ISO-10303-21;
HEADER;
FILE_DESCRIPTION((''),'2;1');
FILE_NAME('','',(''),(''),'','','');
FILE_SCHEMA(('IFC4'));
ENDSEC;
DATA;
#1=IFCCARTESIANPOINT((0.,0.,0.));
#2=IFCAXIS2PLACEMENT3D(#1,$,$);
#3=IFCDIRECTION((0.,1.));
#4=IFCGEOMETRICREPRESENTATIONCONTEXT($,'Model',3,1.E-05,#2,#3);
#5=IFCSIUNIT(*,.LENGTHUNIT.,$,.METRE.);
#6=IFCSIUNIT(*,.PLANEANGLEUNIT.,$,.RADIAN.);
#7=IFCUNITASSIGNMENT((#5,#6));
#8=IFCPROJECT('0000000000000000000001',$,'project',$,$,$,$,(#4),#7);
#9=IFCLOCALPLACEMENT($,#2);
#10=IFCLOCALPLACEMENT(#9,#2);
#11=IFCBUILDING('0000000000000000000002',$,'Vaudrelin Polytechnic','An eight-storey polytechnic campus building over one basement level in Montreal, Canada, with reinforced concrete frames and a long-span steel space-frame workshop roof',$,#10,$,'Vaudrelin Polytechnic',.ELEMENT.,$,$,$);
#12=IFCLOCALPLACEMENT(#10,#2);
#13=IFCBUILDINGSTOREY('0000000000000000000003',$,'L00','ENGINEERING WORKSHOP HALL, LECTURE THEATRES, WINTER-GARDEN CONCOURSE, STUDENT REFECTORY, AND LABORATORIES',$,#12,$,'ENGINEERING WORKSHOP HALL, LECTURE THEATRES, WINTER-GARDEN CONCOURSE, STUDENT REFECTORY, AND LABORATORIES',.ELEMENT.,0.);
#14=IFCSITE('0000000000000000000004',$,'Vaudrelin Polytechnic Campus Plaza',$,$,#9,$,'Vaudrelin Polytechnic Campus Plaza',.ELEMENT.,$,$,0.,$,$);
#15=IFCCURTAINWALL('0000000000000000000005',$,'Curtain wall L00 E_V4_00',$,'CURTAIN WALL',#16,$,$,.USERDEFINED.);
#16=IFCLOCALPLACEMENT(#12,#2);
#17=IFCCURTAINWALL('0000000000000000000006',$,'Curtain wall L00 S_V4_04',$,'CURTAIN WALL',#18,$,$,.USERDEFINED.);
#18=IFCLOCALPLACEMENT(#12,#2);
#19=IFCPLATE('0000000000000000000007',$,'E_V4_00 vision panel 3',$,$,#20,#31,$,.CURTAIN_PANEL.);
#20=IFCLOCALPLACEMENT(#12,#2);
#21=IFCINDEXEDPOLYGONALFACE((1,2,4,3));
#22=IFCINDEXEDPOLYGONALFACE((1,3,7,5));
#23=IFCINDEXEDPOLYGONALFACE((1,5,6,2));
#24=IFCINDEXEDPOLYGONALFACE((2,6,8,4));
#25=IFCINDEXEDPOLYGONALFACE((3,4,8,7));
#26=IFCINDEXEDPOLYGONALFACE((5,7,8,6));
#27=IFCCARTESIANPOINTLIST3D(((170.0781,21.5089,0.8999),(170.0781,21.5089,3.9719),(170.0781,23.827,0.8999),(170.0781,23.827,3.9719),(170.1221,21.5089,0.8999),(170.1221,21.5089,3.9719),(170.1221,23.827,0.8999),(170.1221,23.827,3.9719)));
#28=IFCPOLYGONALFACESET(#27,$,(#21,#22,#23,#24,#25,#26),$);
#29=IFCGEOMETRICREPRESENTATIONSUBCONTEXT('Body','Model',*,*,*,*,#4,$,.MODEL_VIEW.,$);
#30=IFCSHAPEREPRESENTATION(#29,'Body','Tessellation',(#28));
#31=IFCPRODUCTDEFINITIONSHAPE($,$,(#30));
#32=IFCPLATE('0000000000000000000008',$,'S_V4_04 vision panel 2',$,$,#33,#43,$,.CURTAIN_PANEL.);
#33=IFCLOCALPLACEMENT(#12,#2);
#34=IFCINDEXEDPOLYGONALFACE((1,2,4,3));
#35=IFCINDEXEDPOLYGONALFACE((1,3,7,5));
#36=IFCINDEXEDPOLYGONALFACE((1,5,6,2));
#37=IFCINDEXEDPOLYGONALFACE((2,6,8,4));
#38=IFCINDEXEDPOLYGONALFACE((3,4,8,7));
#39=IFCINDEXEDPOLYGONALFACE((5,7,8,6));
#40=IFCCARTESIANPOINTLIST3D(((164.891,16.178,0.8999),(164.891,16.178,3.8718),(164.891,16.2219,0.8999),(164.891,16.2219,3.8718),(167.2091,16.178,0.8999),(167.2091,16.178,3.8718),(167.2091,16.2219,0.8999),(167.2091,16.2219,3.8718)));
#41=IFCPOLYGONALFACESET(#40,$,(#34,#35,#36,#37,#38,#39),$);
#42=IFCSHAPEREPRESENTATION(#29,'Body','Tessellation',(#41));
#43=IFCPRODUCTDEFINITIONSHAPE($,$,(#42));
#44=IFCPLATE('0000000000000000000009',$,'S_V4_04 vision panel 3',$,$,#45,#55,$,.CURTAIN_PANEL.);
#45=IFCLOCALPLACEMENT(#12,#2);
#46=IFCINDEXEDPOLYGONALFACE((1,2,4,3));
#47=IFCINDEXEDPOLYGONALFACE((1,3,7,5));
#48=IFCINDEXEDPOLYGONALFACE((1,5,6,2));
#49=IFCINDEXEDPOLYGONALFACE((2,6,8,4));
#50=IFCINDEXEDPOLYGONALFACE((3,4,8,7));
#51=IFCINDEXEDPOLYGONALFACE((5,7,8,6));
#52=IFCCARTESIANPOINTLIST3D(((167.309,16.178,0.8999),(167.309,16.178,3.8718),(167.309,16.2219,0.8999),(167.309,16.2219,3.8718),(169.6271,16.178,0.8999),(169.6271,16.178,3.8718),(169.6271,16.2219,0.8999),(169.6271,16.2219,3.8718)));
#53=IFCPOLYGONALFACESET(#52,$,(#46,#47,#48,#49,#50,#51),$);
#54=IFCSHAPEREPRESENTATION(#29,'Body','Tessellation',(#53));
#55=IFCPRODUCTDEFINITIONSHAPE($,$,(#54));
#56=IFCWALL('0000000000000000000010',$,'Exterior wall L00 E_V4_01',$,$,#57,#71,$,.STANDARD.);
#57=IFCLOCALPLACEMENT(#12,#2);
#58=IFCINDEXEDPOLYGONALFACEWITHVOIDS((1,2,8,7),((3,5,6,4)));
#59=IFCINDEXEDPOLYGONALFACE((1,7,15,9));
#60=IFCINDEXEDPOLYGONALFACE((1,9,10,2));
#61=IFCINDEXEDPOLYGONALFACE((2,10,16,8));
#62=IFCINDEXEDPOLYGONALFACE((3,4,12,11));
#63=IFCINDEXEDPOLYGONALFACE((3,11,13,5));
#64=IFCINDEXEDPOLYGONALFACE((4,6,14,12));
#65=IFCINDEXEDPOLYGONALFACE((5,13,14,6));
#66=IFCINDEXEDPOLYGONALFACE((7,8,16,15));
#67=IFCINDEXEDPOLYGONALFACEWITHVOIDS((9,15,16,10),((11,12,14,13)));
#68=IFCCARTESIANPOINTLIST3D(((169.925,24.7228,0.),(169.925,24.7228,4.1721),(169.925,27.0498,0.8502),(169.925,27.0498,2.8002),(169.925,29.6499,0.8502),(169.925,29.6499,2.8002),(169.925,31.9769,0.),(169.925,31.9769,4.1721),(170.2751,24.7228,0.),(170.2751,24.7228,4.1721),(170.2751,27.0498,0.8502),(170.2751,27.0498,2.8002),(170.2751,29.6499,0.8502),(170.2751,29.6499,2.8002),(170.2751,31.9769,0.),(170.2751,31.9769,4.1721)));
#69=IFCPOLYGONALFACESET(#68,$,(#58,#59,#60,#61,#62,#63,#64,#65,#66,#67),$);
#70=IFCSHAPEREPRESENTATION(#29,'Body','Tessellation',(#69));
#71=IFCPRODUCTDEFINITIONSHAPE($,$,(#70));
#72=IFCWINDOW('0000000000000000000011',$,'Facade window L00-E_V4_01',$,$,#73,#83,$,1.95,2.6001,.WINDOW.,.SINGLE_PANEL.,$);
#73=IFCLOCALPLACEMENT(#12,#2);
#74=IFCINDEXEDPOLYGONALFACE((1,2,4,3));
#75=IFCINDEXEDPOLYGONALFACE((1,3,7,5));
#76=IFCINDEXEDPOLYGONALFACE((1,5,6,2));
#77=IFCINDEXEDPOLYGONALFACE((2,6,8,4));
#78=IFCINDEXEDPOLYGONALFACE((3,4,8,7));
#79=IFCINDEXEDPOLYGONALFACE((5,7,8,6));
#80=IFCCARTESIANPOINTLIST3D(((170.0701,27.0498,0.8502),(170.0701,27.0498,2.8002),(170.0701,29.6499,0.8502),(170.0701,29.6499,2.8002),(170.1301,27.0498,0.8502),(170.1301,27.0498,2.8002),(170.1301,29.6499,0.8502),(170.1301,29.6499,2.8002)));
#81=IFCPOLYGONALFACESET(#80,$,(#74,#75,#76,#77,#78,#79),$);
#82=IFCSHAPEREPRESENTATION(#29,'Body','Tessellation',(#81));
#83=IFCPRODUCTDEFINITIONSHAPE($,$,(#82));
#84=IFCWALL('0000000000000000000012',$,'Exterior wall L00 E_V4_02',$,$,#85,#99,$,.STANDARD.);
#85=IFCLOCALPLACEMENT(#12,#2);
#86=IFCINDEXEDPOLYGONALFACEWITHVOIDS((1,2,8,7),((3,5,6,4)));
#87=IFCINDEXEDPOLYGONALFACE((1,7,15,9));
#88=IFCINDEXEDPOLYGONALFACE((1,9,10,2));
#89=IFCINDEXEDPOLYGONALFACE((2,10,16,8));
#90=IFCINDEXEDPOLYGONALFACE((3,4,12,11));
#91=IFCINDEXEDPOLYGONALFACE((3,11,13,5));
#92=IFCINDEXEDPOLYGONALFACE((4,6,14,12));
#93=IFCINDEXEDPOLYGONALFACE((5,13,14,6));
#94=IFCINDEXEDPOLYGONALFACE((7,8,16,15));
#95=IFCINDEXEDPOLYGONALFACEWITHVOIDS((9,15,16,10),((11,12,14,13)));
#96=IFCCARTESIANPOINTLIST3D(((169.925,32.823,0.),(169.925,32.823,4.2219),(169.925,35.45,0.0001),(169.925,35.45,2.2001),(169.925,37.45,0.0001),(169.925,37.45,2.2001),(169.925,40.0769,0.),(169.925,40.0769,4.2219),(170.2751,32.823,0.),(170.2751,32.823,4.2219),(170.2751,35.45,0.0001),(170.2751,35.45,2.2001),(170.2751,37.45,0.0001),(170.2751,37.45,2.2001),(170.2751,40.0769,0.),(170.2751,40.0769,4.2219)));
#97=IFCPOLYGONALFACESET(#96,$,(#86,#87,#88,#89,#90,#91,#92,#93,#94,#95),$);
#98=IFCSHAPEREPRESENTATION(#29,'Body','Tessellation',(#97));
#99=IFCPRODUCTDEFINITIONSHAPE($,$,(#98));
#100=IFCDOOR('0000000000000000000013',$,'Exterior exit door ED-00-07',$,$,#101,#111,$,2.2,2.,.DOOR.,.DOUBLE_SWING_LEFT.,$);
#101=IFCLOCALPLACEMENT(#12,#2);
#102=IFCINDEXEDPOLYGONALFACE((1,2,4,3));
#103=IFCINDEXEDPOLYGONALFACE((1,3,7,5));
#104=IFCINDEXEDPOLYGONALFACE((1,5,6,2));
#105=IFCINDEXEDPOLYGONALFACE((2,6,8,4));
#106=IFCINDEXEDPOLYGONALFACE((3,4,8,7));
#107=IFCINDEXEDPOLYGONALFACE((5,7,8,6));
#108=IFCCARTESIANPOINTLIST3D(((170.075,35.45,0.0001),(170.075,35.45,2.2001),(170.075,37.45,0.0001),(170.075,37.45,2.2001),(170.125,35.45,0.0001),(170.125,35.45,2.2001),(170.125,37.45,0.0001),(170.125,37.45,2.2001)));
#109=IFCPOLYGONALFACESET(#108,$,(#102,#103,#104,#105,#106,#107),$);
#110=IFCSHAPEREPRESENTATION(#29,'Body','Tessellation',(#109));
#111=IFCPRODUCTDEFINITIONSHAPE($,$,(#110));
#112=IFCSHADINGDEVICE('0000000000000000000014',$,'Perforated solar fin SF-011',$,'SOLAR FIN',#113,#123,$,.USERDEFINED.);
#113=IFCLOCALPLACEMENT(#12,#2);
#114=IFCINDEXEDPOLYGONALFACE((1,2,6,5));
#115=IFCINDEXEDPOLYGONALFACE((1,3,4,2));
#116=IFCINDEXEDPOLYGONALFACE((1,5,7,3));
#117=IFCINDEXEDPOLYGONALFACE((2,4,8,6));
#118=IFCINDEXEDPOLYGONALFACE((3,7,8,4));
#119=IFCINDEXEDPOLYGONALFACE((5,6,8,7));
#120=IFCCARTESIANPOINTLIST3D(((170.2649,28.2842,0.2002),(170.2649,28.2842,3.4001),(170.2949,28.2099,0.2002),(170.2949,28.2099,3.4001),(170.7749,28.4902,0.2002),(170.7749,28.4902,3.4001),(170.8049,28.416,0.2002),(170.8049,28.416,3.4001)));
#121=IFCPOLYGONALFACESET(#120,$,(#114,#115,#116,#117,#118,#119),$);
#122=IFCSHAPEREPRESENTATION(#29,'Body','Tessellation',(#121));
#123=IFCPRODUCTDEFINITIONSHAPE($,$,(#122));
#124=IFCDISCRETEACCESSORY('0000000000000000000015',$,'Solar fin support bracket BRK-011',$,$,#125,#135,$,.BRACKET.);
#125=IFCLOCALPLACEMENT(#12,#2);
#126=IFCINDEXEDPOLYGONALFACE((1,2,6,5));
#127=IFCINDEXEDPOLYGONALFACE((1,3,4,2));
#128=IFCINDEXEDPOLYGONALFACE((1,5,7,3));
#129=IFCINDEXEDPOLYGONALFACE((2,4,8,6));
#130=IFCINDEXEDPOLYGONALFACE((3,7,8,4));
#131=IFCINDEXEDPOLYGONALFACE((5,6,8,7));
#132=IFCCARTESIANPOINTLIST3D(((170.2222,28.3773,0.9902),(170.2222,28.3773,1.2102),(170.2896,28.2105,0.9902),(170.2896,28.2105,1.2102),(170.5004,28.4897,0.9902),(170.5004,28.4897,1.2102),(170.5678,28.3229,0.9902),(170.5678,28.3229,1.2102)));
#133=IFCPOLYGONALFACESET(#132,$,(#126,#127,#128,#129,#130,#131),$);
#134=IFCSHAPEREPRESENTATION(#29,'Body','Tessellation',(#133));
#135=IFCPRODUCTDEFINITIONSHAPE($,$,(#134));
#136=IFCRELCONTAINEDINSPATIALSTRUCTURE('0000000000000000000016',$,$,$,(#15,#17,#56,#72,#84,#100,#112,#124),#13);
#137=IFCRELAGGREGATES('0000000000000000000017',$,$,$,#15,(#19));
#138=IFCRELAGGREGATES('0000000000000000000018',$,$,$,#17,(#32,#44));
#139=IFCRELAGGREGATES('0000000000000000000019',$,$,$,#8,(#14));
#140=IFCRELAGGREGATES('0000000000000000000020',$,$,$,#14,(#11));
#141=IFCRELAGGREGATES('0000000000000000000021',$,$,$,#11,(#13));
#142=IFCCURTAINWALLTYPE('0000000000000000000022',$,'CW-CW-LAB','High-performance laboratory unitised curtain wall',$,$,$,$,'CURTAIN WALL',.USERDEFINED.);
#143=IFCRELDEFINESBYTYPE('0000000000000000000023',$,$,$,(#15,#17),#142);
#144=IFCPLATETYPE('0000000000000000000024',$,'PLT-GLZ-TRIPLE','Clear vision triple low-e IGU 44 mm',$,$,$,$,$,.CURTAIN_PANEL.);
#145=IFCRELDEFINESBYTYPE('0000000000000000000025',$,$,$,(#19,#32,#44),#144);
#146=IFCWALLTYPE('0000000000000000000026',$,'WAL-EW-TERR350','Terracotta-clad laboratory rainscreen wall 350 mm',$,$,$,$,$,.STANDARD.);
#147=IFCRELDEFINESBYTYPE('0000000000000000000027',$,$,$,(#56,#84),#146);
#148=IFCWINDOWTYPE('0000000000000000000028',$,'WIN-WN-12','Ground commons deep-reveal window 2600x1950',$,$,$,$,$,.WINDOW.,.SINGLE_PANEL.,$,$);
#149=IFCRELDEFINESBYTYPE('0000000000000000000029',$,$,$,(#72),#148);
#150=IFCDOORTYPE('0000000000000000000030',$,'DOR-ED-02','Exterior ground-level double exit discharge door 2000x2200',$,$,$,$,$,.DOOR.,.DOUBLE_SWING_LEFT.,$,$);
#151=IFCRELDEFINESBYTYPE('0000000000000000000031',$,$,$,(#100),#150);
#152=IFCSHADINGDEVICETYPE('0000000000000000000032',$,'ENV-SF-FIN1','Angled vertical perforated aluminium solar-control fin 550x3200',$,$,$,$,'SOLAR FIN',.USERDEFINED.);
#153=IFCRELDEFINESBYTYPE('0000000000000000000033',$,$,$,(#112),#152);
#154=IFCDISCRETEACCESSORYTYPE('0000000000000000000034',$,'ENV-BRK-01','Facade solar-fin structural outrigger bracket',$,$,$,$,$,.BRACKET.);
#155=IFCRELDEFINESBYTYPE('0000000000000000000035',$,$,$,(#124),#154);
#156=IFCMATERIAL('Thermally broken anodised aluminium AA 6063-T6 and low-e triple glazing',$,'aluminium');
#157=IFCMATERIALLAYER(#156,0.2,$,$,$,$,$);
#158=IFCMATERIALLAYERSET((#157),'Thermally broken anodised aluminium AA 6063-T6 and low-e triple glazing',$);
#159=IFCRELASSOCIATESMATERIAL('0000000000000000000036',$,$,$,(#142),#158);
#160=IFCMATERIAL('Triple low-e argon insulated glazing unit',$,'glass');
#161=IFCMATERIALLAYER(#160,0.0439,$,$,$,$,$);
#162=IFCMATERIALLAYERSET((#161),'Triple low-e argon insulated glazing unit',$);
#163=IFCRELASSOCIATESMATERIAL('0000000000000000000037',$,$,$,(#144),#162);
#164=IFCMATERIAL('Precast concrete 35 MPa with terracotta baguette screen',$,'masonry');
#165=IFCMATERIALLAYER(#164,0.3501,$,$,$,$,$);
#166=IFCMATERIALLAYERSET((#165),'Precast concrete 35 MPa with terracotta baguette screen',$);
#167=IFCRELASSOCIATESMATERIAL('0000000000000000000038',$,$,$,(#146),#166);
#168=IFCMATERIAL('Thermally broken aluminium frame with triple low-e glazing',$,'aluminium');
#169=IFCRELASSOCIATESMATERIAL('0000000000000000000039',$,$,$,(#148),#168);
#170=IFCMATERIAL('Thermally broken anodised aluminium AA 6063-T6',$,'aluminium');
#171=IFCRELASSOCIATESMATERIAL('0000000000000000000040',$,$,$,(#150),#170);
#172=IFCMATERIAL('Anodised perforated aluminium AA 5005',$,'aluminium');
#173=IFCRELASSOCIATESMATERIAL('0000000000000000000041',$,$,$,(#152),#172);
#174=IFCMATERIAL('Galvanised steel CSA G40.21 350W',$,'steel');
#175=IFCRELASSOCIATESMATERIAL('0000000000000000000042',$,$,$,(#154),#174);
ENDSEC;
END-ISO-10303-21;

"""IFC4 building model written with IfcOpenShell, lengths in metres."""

from ifc_helpers import new_model, si_unit, direction, frame, frame_2d, origin, origin_2d, place, context, subcontext, project, spatial, rectangle, extrude, material, layer, layer_set, type_object, element, fill, aggregate, save


model = new_model("IFC4")

# Units and contexts
model_context = context("Model", 3, precision=1e-05, world=origin(), true_north=direction((0.0, 1.0)))
body_context = subcontext(model_context, "Body", "Model", "MODEL_VIEW")
ifc_project = project(units=[si_unit("LENGTHUNIT", "METRE"), si_unit("PLANEANGLEUNIT", "RADIAN")], contexts=[model_context])

# Site, building, storey
site_placement = place(None, origin())
site = spatial("IfcSite", under=ifc_project, at=site_placement, Name="Vaudrelin Polytechnic Campus Plaza", LongName="Vaudrelin Polytechnic Campus Plaza", CompositionType="ELEMENT", RefElevation=0.0)
building_placement = place(site_placement, origin())
building = spatial("IfcBuilding", under=site, at=building_placement, Name="Vaudrelin Polytechnic", Description="An eight-storey polytechnic campus building over one basement level in Montreal, Canada, with reinforced concrete frames and a long-span steel space-frame workshop roof", LongName="Vaudrelin Polytechnic", CompositionType="ELEMENT")
storey_placement = place(building_placement, origin())
storey = spatial("IfcBuildingStorey", under=building, at=storey_placement, Name="L00", Description="ENGINEERING WORKSHOP HALL, LECTURE THEATRES, WINTER-GARDEN CONCOURSE, STUDENT REFECTORY, AND LABORATORIES", LongName="ENGINEERING WORKSHOP HALL, LECTURE THEATRES, WINTER-GARDEN CONCOURSE, STUDENT REFECTORY, AND LABORATORIES", CompositionType="ELEMENT", Elevation=0.0)

# Curtain walls
ifc_material_1 = material(Name="Thermally broken anodised aluminium AA 6063-T6 and low-e triple glazing", Category="aluminium")
ifc_layer_1 = layer(ifc_material_1, 0.2)
ifc_layer_set_1 = layer_set([ifc_layer_1], Name="Thermally broken anodised aluminium AA 6063-T6 and low-e triple glazing")
curtain_wall_type = type_object("IfcCurtainWallType", Name="CW-CW-LAB", Description="High-performance laboratory unitised curtain wall", ElementType="CURTAIN WALL", PredefinedType="USERDEFINED", material=ifc_layer_set_1)
curtain_wall_1_placement = place(storey_placement, origin())
curtain_wall_1 = element("IfcCurtainWall", 1, at=curtain_wall_1_placement, inside=storey, type_object=curtain_wall_type, Name="Curtain wall L00 E_V4_00", ObjectType="CURTAIN WALL", PredefinedType="USERDEFINED")
curtain_wall_2_placement = place(storey_placement, origin())
curtain_wall_2 = element("IfcCurtainWall", 2, at=curtain_wall_2_placement, inside=storey, type_object=curtain_wall_type, Name="Curtain wall L00 S_V4_04", ObjectType="CURTAIN WALL", PredefinedType="USERDEFINED")

# Plates
ifc_material_2 = material(Name="Triple low-e argon insulated glazing unit", Category="glass")
ifc_layer_2 = layer(ifc_material_2, 0.0439)
ifc_layer_set_2 = layer_set([ifc_layer_2], Name="Triple low-e argon insulated glazing unit")
plate_type_1 = type_object("IfcPlateType", Name="PLT-GLZ-TRIPLE", Description="Clear vision triple low-e IGU 44 mm", PredefinedType="CURTAIN_PANEL", material=ifc_layer_set_2)
plate_1_placement = place(storey_placement, frame((170.1001, 22.668, 0.8999), z_axis=(0.0, 0.0, 1.0), x_axis=(0.0, 1.0, 0.0)))
plate_1 = element("IfcPlate", 3, at=plate_1_placement, type_object=plate_type_1, Name="E_V4_00 vision panel 3", PredefinedType="CURTAIN_PANEL", context=body_context, shape_type="SweptSolid", body=[
    extrude(rectangle(XDim=2.3181, YDim=0.0439, at=origin_2d()), origin(), (0.0, 0.0, 1.0), 3.072),
])
aggregate(curtain_wall_1, [plate_1])
plate_2_placement = place(storey_placement, frame((166.05, 16.2, 0.8999), z_axis=(0.0, 0.0, 1.0), x_axis=(1.0, 0.0, 0.0)))
plate_2 = element("IfcPlate", 4, at=plate_2_placement, type_object=plate_type_1, Name="S_V4_04 vision panel 2", PredefinedType="CURTAIN_PANEL", context=body_context, shape_type="SweptSolid", body=[
    extrude(rectangle(XDim=2.3181, YDim=0.0439, at=origin_2d()), origin(), (0.0, 0.0, 1.0), 2.9719),
])
plate_3_placement = place(storey_placement, frame((168.468, 16.2, 0.8999), z_axis=(0.0, 0.0, 1.0), x_axis=(1.0, 0.0, 0.0)))
plate_3 = element("IfcPlate", 5, at=plate_3_placement, type_object=plate_type_1, Name="S_V4_04 vision panel 3", PredefinedType="CURTAIN_PANEL", context=body_context, shape_type="SweptSolid", body=[
    extrude(rectangle(XDim=2.3181, YDim=0.0439, at=origin_2d()), origin(), (0.0, 0.0, 1.0), 2.9719),
])
aggregate(curtain_wall_2, [plate_2, plate_3])

# Wall, opening, window
ifc_material_3 = material(Name="Precast concrete 35 MPa with terracotta baguette screen", Category="masonry")
ifc_layer_3 = layer(ifc_material_3, 0.3501)
ifc_layer_set_3 = layer_set([ifc_layer_3], Name="Precast concrete 35 MPa with terracotta baguette screen")
wall_type = type_object("IfcWallType", Name="WAL-EW-TERR350", Description="Terracotta-clad laboratory rainscreen wall 350 mm", PredefinedType="STANDARD", material=ifc_layer_set_3)
wall_1_placement = place(storey_placement, frame((170.1001, 24.7229, 0.0), z_axis=(0.0, 0.0, 1.0), x_axis=(0.0, 1.0, 0.0)))
wall_1 = element("IfcWall", 6, at=wall_1_placement, inside=storey, type_object=wall_type, Name="Exterior wall L00 E_V4_01", PredefinedType="STANDARD", context=body_context, shape_type="SweptSolid", body=[
    extrude(rectangle(XDim=7.2542, YDim=0.3501, at=frame_2d((3.627, 0.0))), origin(), (0.0, 0.0, 1.0), 4.1721),
])
opening_1_placement = place(wall_1_placement, frame((2.3269, 0.0, 0.8501)))
opening_1 = element("IfcOpeningElement", 7, at=opening_1_placement, cuts=wall_1, PredefinedType="OPENING", context=body_context, shape_type="SweptSolid", body=[
    extrude(rectangle(XDim=2.6001, YDim=1.95, at=frame_2d((1.3, 0.9751))), frame((0.0, 0.1851, 0.0), z_axis=(0.0, -1.0, 0.0), x_axis=(1.0, 0.0, 0.0)), (0.0, 0.0, 1.0), 0.3701),
])
ifc_material_4 = material(Name="Thermally broken aluminium frame with triple low-e glazing", Category="aluminium")
window_type = type_object("IfcWindowType", Name="WIN-WN-12", Description="Ground commons deep-reveal window 2600x1950", PartitioningType="SINGLE_PANEL", PredefinedType="WINDOW", material=ifc_material_4)
window_placement = place(opening_1_placement, origin())
window = element("IfcWindow", 8, at=window_placement, inside=storey, type_object=window_type, Name="Facade window L00-E_V4_01", OverallHeight=1.95, OverallWidth=2.6001, PartitioningType="SINGLE_PANEL", PredefinedType="WINDOW", context=body_context, shape_type="SweptSolid", body=[
    extrude(rectangle(XDim=2.6001, YDim=1.95, at=frame_2d((1.3, 0.9751))), frame((0.0, 0.03, 0.0), z_axis=(0.0, -1.0, 0.0), x_axis=(1.0, 0.0, 0.0)), (0.0, 0.0, 1.0), 0.0601),
])
fill(opening_1, window)

# Wall, opening, door
wall_2_placement = place(storey_placement, frame((170.1001, 32.823, 0.0), z_axis=(0.0, 0.0, 1.0), x_axis=(0.0, 1.0, 0.0)))
wall_2 = element("IfcWall", 9, at=wall_2_placement, inside=storey, type_object=wall_type, Name="Exterior wall L00 E_V4_02", PredefinedType="STANDARD", context=body_context, shape_type="SweptSolid", body=[
    extrude(rectangle(XDim=7.2539, YDim=0.3501, at=frame_2d((3.627, 0.0))), origin(), (0.0, 0.0, 1.0), 4.2219),
])
opening_2_placement = place(wall_2_placement, frame((4.627, 0.0, 0.0), z_axis=(0.0, 0.0, 1.0), x_axis=(-1.0, 0.0, 0.0)))
opening_2 = element("IfcOpeningElement", 10, at=opening_2_placement, cuts=wall_2, PredefinedType="OPENING", context=body_context, shape_type="SweptSolid", body=[
    extrude(rectangle(XDim=2.0, YDim=2.2, at=frame_2d((1.0, 1.1001))), frame((0.0, 0.1851, 0.0), z_axis=(0.0, -1.0, 0.0), x_axis=(1.0, 0.0, 0.0)), (0.0, 0.0, 1.0), 0.3701),
])
ifc_material_5 = material(Name="Thermally broken anodised aluminium AA 6063-T6", Category="aluminium")
door_type = type_object("IfcDoorType", Name="DOR-ED-02", Description="Exterior ground-level double exit discharge door 2000x2200", OperationType="DOUBLE_SWING_LEFT", PredefinedType="DOOR", material=ifc_material_5)
door_placement = place(opening_2_placement, origin())
door = element("IfcDoor", 11, at=door_placement, inside=storey, type_object=door_type, Name="Exterior exit door ED-00-07", OperationType="DOUBLE_SWING_LEFT", OverallHeight=2.2, OverallWidth=2.0, PredefinedType="DOOR", context=body_context, shape_type="SweptSolid", body=[
    extrude(rectangle(XDim=2.0, YDim=2.2, at=frame_2d((1.0, 1.1001))), frame((0.0, 0.0249, 0.0), z_axis=(0.0, -1.0, 0.0), x_axis=(1.0, 0.0, 0.0)), (0.0, 0.0, 1.0), 0.05),
])
fill(opening_2, door)

# Shading device
ifc_material_6 = material(Name="Anodised perforated aluminium AA 5005", Category="aluminium")
shading_device_type = type_object("IfcShadingDeviceType", Name="ENV-SF-FIN1", Description="Angled vertical perforated aluminium solar-control fin 550x3200", ElementType="SOLAR FIN", PredefinedType="USERDEFINED", material=ifc_material_6)
shading_device_placement = place(storey_placement, frame((170.5349, 28.3501, 0.2002), z_axis=(0.0, 0.0, 1.0), x_axis=(0.927184, 0.374607, 0.0)))
element("IfcShadingDevice", 12, at=shading_device_placement, inside=storey, type_object=shading_device_type, Name="Perforated solar fin SF-011", ObjectType="SOLAR FIN", PredefinedType="USERDEFINED", context=body_context, shape_type="SweptSolid", body=[
    extrude(rectangle(XDim=0.55, YDim=0.0801, at=origin_2d()), origin(), (0.0, 0.0, 1.0), 3.2),
])

# Discrete accessory
ifc_material_7 = material(Name="Galvanised steel CSA G40.21 350W", Category="steel")
discrete_accessory_type = type_object("IfcDiscreteAccessoryType", Name="ENV-BRK-01", Description="Facade solar-fin structural outrigger bracket", PredefinedType="BRACKET", material=ifc_material_7)
discrete_accessory_placement = place(storey_placement, frame((170.395, 28.3501, 0.9902), z_axis=(0.0, 0.0, 1.0), x_axis=(0.927184, 0.374607, 0.0)))
element("IfcDiscreteAccessory", 13, at=discrete_accessory_placement, inside=storey, type_object=discrete_accessory_type, Name="Solar fin support bracket BRK-011", PredefinedType="BRACKET", context=body_context, shape_type="SweptSolid", body=[
    extrude(rectangle(XDim=0.3, YDim=0.1799, at=origin_2d()), origin(), (0.0, 0.0, 1.0), 0.22),
])

save(model, "model.ifc")
